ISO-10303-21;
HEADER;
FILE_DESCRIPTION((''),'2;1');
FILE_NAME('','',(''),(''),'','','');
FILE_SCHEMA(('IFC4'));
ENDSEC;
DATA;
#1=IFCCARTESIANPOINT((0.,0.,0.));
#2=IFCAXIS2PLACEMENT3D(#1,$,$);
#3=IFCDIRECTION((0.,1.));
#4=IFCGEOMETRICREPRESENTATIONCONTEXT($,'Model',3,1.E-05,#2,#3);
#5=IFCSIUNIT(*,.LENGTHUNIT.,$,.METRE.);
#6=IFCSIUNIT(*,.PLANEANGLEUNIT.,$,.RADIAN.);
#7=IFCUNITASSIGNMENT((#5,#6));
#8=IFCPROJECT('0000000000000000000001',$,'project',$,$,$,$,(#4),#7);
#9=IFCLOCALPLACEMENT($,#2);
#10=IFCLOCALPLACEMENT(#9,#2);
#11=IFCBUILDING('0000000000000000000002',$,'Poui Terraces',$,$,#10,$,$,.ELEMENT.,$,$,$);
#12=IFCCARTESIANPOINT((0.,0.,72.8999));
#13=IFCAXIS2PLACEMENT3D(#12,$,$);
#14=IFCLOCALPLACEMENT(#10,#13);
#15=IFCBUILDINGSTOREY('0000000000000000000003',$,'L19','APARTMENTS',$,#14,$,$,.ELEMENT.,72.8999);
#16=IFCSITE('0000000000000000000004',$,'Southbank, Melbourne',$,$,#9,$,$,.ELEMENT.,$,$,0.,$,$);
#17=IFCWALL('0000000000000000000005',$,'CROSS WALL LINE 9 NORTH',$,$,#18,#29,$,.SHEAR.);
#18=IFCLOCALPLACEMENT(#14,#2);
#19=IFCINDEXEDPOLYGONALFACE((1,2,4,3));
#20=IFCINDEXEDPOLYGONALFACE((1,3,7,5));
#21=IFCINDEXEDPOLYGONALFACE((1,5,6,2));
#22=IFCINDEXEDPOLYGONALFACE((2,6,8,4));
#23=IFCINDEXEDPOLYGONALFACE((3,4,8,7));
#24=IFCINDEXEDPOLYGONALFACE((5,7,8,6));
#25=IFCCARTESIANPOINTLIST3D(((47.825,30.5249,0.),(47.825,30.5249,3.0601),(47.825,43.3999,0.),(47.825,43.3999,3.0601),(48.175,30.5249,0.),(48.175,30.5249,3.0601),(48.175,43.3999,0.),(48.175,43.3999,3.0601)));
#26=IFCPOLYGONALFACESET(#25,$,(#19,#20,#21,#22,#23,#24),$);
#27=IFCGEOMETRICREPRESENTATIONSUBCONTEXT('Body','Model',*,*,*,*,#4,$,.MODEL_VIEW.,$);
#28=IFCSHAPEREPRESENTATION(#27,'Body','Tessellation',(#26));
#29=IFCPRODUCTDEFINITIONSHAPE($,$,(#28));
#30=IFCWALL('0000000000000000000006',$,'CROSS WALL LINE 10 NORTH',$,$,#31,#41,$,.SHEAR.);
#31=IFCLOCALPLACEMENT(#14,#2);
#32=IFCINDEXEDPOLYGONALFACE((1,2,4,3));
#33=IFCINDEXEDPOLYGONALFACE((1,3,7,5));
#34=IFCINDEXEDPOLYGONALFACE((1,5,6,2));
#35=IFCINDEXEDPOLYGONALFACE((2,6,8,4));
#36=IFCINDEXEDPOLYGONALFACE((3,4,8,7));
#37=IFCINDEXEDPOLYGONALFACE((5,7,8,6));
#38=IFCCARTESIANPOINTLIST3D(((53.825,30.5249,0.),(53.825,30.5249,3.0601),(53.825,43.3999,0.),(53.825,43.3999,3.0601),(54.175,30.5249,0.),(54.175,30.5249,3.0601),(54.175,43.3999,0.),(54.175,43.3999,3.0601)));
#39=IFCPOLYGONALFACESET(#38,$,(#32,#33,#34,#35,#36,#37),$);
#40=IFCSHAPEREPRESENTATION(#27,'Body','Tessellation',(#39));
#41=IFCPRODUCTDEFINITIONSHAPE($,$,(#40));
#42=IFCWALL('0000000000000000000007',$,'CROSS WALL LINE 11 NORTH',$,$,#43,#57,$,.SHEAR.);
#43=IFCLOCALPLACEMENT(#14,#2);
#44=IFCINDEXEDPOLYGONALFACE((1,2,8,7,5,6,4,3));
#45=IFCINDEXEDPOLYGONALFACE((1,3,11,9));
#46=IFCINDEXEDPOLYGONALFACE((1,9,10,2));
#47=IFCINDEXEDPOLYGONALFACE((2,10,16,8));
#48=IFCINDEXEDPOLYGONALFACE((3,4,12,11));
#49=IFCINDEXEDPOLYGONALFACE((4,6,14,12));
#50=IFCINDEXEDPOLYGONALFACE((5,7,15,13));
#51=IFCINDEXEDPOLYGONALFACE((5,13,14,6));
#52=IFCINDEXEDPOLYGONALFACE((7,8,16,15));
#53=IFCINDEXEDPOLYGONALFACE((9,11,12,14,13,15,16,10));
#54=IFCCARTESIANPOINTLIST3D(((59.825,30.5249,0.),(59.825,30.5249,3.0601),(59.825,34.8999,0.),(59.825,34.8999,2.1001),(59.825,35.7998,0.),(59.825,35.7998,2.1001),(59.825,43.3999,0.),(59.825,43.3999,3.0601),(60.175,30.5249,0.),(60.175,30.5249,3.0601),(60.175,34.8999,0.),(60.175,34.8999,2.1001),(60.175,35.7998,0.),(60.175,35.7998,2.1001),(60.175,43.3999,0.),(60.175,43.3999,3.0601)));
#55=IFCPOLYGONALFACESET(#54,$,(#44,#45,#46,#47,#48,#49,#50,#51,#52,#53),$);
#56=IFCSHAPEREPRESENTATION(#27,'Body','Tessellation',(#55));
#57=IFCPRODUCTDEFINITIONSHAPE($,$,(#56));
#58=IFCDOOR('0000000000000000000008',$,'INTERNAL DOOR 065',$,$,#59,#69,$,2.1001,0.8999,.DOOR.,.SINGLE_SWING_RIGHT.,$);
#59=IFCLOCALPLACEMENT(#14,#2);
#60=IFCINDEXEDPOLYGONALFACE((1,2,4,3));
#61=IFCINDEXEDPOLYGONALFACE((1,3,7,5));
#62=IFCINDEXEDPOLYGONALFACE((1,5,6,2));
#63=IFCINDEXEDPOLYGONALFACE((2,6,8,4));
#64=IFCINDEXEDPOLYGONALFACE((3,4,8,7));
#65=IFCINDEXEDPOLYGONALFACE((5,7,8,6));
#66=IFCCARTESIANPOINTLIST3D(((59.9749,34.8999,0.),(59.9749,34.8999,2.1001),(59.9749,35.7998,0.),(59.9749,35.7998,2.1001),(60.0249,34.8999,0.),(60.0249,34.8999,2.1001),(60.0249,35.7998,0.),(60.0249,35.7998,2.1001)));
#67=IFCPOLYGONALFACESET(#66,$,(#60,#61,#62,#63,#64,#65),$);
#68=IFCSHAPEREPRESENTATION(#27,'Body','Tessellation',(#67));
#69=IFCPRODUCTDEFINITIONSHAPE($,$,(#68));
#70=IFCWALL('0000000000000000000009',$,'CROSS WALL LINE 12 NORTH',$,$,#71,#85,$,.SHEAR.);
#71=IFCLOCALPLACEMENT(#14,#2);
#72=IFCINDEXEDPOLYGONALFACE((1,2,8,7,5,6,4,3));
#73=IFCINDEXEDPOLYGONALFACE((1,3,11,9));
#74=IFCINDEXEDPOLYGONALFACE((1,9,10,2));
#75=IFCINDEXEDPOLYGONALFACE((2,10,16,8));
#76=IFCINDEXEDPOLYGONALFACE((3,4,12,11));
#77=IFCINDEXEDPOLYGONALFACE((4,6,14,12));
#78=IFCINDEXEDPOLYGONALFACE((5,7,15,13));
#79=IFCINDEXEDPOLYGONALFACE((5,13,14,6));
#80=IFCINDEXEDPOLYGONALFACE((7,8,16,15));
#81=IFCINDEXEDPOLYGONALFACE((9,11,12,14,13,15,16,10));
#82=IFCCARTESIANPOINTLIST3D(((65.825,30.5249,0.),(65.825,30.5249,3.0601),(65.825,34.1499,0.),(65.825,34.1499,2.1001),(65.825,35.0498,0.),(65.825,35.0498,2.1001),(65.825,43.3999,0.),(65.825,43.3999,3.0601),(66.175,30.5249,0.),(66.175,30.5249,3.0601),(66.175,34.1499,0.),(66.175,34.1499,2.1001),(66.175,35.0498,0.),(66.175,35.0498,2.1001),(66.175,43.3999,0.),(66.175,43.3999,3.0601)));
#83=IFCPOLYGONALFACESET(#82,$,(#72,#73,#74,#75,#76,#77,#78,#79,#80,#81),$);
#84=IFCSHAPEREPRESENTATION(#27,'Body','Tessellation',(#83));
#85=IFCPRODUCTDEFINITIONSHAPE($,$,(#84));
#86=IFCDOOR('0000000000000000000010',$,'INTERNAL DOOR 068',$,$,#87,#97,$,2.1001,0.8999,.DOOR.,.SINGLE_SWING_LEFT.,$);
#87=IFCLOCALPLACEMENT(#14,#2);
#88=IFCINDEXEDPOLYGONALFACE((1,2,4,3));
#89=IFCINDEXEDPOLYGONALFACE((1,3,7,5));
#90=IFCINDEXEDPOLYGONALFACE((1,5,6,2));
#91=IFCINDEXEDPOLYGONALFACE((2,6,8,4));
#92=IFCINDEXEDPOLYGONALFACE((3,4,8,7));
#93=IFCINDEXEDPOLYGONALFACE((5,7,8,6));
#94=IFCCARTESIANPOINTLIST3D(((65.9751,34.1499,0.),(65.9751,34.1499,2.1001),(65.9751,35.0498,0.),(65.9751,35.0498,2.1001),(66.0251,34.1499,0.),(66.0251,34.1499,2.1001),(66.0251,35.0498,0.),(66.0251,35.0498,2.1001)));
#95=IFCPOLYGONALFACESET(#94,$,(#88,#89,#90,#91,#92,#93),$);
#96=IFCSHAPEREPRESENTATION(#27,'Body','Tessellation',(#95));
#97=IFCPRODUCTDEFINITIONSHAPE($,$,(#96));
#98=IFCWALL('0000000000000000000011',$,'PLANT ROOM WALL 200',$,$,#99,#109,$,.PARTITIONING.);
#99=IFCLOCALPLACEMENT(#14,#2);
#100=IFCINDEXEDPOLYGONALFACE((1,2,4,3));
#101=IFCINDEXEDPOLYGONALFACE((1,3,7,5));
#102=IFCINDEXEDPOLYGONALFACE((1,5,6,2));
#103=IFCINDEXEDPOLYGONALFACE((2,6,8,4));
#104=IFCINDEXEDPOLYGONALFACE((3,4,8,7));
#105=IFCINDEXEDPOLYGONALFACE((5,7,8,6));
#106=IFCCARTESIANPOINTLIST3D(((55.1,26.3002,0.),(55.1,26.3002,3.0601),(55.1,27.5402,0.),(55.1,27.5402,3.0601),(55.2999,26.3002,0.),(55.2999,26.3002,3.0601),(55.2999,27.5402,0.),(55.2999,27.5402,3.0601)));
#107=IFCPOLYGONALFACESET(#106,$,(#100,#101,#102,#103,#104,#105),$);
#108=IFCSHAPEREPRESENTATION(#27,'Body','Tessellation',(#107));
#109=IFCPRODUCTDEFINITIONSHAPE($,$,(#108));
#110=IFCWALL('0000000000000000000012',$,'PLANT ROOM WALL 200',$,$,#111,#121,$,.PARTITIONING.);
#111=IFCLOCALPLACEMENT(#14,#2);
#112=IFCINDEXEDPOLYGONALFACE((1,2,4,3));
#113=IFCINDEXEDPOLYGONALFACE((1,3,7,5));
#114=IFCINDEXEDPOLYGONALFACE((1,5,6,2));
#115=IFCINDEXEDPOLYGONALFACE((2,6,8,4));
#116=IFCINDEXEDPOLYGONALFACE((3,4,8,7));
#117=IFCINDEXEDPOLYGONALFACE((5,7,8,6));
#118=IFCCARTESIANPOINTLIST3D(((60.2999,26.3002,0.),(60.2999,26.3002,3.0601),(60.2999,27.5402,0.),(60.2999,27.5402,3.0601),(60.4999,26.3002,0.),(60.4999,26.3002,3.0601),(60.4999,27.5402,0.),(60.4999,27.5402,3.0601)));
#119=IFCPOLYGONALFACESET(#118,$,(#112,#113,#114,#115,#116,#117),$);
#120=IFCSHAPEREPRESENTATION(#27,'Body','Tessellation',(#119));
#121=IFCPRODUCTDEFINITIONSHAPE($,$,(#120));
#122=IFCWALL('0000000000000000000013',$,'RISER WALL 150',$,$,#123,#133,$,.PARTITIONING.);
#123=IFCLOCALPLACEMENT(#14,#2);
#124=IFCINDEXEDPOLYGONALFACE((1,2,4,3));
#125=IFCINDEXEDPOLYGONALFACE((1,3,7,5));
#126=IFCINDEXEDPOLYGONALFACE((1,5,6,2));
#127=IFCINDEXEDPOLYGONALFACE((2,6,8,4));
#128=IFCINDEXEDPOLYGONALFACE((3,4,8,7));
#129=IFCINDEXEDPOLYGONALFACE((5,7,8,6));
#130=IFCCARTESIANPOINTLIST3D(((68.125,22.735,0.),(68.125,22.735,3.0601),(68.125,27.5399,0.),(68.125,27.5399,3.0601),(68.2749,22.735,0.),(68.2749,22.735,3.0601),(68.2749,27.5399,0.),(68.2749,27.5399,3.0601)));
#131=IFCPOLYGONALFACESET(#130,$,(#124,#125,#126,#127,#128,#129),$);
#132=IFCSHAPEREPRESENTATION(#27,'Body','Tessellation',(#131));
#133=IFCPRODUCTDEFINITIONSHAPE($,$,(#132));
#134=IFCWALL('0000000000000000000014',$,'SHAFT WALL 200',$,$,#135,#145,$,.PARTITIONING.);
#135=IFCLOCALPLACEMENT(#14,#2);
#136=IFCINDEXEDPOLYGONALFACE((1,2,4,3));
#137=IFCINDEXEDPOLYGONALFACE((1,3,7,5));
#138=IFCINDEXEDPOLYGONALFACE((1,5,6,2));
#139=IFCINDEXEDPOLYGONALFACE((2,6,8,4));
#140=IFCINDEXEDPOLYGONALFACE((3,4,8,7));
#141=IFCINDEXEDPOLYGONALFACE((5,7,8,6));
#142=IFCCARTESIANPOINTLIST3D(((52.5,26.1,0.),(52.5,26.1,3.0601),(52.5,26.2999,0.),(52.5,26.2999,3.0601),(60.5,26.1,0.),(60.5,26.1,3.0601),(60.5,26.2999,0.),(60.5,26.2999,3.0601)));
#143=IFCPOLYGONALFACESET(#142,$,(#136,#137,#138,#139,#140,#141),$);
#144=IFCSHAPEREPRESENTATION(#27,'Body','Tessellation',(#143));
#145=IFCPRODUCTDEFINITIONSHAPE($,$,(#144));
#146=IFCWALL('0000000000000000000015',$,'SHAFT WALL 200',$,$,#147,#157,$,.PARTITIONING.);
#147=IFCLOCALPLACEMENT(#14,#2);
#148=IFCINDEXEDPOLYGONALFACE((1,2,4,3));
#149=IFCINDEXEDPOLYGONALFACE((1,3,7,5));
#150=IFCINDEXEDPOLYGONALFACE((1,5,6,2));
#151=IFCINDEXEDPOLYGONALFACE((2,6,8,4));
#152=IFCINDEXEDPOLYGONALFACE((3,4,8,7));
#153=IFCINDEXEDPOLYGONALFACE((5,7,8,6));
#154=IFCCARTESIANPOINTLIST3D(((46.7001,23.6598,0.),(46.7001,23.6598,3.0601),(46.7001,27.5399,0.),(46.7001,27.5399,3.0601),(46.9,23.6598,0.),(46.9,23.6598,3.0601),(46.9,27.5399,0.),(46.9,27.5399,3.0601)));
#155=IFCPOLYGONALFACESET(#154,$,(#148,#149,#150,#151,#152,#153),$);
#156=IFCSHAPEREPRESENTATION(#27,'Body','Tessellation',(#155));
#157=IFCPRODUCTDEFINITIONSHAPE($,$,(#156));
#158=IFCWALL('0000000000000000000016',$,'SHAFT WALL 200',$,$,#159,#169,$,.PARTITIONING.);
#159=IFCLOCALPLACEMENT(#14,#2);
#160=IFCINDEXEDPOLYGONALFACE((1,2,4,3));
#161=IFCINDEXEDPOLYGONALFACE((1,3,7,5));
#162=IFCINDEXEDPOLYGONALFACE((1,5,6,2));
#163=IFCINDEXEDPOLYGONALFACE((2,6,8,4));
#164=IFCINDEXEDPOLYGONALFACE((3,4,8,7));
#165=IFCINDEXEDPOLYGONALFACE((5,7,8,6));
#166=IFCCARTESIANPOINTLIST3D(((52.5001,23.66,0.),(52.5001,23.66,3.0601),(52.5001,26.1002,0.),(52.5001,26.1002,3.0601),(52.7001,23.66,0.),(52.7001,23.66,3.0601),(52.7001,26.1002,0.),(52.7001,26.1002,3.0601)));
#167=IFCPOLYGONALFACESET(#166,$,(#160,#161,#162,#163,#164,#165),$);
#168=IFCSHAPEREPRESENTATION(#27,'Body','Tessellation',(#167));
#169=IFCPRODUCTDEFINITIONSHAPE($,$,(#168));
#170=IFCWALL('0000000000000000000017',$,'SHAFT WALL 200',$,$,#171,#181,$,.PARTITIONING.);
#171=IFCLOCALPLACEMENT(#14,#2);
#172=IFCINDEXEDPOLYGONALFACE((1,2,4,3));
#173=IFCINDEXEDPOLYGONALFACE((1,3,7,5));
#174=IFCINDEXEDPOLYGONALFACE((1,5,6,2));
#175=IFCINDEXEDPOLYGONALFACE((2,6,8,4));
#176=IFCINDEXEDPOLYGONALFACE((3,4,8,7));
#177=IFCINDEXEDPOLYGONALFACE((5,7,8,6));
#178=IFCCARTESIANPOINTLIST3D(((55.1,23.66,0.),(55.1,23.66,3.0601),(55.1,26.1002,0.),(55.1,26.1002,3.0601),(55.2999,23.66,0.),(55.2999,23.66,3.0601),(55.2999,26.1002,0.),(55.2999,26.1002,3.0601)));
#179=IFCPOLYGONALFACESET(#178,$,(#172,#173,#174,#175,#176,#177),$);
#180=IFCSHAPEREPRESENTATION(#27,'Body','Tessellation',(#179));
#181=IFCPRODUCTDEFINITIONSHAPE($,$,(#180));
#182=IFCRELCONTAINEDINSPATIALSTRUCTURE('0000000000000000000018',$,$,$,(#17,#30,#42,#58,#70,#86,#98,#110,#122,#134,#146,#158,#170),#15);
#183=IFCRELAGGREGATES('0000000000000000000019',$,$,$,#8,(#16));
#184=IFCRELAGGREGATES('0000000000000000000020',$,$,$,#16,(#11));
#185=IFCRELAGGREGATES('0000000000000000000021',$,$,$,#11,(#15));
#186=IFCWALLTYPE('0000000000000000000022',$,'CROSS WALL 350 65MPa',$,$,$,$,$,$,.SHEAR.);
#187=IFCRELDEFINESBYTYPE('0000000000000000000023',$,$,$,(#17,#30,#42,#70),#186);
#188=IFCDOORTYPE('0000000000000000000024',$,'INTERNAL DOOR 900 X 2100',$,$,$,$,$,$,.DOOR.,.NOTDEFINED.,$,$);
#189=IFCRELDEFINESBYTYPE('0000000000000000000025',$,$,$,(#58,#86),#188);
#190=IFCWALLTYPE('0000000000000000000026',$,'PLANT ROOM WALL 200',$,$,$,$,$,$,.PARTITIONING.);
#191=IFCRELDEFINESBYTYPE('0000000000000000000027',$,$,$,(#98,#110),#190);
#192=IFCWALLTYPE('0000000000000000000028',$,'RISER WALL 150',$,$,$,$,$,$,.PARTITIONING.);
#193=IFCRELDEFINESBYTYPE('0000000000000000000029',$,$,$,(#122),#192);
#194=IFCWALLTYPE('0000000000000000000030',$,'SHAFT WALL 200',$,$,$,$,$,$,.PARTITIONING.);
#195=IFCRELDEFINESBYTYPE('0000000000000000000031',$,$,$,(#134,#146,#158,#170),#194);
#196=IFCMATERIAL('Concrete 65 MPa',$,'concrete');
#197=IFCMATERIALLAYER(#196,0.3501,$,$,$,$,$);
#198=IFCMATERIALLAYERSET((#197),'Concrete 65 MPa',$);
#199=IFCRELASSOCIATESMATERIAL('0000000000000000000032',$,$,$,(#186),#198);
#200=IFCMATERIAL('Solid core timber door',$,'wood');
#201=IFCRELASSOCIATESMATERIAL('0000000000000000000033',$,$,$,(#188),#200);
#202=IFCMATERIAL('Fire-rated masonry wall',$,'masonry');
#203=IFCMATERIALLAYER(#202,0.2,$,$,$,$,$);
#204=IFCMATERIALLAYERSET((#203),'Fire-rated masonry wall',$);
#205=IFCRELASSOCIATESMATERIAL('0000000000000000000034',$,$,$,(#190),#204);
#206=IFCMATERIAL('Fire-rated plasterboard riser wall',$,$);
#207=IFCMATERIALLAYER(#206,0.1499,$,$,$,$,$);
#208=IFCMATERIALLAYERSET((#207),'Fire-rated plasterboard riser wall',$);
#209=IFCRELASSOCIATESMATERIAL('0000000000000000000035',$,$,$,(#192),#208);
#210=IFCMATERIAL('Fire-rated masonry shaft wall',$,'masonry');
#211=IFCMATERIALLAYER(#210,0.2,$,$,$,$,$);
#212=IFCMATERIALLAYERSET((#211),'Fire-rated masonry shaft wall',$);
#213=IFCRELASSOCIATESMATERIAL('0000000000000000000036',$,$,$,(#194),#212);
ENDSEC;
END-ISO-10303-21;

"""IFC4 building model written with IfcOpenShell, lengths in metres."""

from ifc_helpers import new_model, si_unit, direction, frame, frame_2d, origin, place, context, subcontext, project, spatial, rectangle, extrude, material, layer, layer_set, type_object, element, fill, save


model = new_model("IFC4")

# Units and contexts
model_context = context("Model", 3, precision=1e-05, world=origin(), true_north=direction((0.0, 1.0)))
body_context = subcontext(model_context, "Body", "Model", "MODEL_VIEW")
ifc_project = project(units=[si_unit("LENGTHUNIT", "METRE"), si_unit("PLANEANGLEUNIT", "RADIAN")], contexts=[model_context])

# Site, building, storey
site_placement = place(None, origin())
site = spatial("IfcSite", under=ifc_project, at=site_placement, Name="Southbank, Melbourne", CompositionType="ELEMENT", RefElevation=0.0)
building_placement = place(site_placement, origin())
building = spatial("IfcBuilding", under=site, at=building_placement, Name="Poui Terraces", CompositionType="ELEMENT")
storey_placement = place(building_placement, frame((0.0, 0.0, 72.8999)))
storey = spatial("IfcBuildingStorey", under=building, at=storey_placement, Name="L19", Description="APARTMENTS", CompositionType="ELEMENT", Elevation=72.8999)

# Shared definitions
ifc_material_1 = material(Name="Concrete 65 MPa", Category="concrete")

# Walls
ifc_layer_1 = layer(ifc_material_1, 0.3501)
ifc_layer_set_1 = layer_set([ifc_layer_1], Name="Concrete 65 MPa")
wall_type_1 = type_object("IfcWallType", Name="CROSS WALL 350 65MPa", PredefinedType="SHEAR", material=ifc_layer_set_1)
for number, where, z_axis, x_axis, name in (
    (1, (48.0, 30.5249, 0.0), (0.0, 0.0, 1.0), (0.0, 1.0, 0.0), "CROSS WALL LINE 9 NORTH"),
    (2, (54.0, 30.5249, 0.0), (0.0, 0.0, 1.0), (0.0, 1.0, 0.0), "CROSS WALL LINE 10 NORTH"),
):
    element("IfcWall", number, at=place(storey_placement, frame(where, z_axis=z_axis, x_axis=x_axis)), inside=storey, type_object=wall_type_1, Name=name, PredefinedType="SHEAR", context=body_context, shape_type="SweptSolid", body=[
        extrude(rectangle(XDim=12.875, YDim=0.3501, at=frame_2d((6.4375, 0.0))), origin(), (0.0, 0.0, 1.0), 3.0601),
    ])

# Walls, openings, doors
wall_1_placement = place(storey_placement, frame((60.0, 30.5249, 0.0), z_axis=(0.0, 0.0, 1.0), x_axis=(0.0, 1.0, 0.0)))
wall_1 = element("IfcWall", 3, at=wall_1_placement, inside=storey, type_object=wall_type_1, Name="CROSS WALL LINE 11 NORTH", PredefinedType="SHEAR", context=body_context, shape_type="SweptSolid", body=[
    extrude(rectangle(XDim=12.875, YDim=0.3501, at=frame_2d((6.4375, 0.0))), origin(), (0.0, 0.0, 1.0), 3.0601),
])
opening_1_placement = place(wall_1_placement, frame((4.375, 0.0, 0.0)))
opening_1 = element("IfcOpeningElement", 4, at=opening_1_placement, cuts=wall_1, PredefinedType="OPENING", context=body_context, shape_type="SweptSolid", body=[
    extrude(rectangle(XDim=0.8999, YDim=2.1001, at=frame_2d((0.45, 1.05))), frame((0.0, 0.1851, 0.0), z_axis=(0.0, -1.0, 0.0), x_axis=(1.0, 0.0, 0.0)), (0.0, 0.0, 1.0), 0.3701),
])
ifc_material_2 = material(Name="Solid core timber door", Category="wood")
door_type_1 = type_object("IfcDoorType", Name="INTERNAL DOOR 900 X 2100", OperationType="NOTDEFINED", PredefinedType="DOOR", material=ifc_material_2)
door_1_placement = place(opening_1_placement, frame((0.8999, 0.0, 0.0), z_axis=(0.0, 0.0, 1.0), x_axis=(-1.0, 0.0, 0.0)))
door_1 = element("IfcDoor", 5, at=door_1_placement, inside=storey, type_object=door_type_1, Name="INTERNAL DOOR 065", OperationType="SINGLE_SWING_RIGHT", OverallHeight=2.1001, OverallWidth=0.8999, PredefinedType="DOOR", context=body_context, shape_type="SweptSolid", body=[
    extrude(rectangle(XDim=0.8999, YDim=2.1001, at=frame_2d((0.45, 1.05))), frame((0.0, 0.0249, 0.0), z_axis=(0.0, -1.0, 0.0), x_axis=(1.0, 0.0, 0.0)), (0.0, 0.0, 1.0), 0.05),
])
fill(opening_1, door_1)
wall_2_placement = place(storey_placement, frame((66.0, 30.5249, 0.0), z_axis=(0.0, 0.0, 1.0), x_axis=(0.0, 1.0, 0.0)))
wall_2 = element("IfcWall", 6, at=wall_2_placement, inside=storey, type_object=wall_type_1, Name="CROSS WALL LINE 12 NORTH", PredefinedType="SHEAR", context=body_context, shape_type="SweptSolid", body=[
    extrude(rectangle(XDim=12.875, YDim=0.3501, at=frame_2d((6.4375, 0.0))), origin(), (0.0, 0.0, 1.0), 3.0601),
])
opening_2_placement = place(wall_2_placement, frame((3.625, 0.0, 0.0)))
opening_2 = element("IfcOpeningElement", 7, at=opening_2_placement, cuts=wall_2, PredefinedType="OPENING", context=body_context, shape_type="SweptSolid", body=[
    extrude(rectangle(XDim=0.8999, YDim=2.1001, at=frame_2d((0.45, 1.05))), frame((0.0, 0.1851, 0.0), z_axis=(0.0, -1.0, 0.0), x_axis=(1.0, 0.0, 0.0)), (0.0, 0.0, 1.0), 0.3701),
])
door_2_placement = place(opening_2_placement, origin())
door_2 = element("IfcDoor", 8, at=door_2_placement, inside=storey, type_object=door_type_1, Name="INTERNAL DOOR 068", OperationType="SINGLE_SWING_LEFT", OverallHeight=2.1001, OverallWidth=0.8999, PredefinedType="DOOR", context=body_context, shape_type="SweptSolid", body=[
    extrude(rectangle(XDim=0.8999, YDim=2.1001, at=frame_2d((0.45, 1.05))), frame((0.0, 0.0249, 0.0), z_axis=(0.0, -1.0, 0.0), x_axis=(1.0, 0.0, 0.0)), (0.0, 0.0, 1.0), 0.05),
])
fill(opening_2, door_2)

# Walls
ifc_material_3 = material(Name="Fire-rated masonry wall", Category="masonry")
ifc_layer_2 = layer(ifc_material_3, 0.2)
ifc_layer_set_2 = layer_set([ifc_layer_2], Name="Fire-rated masonry wall")
wall_type_2 = type_object("IfcWallType", Name="PLANT ROOM WALL 200", PredefinedType="PARTITIONING", material=ifc_layer_set_2)
for number, where, z_axis, x_axis, name in (
    (9, (55.2, 26.3, 0.0), (0.0, 0.0, 1.0), (0.0, 1.0, 0.0), "PLANT ROOM WALL 200"),
    (10, (60.3999, 26.3, 0.0), (0.0, 0.0, 1.0), (0.0, 1.0, 0.0), "PLANT ROOM WALL 200"),
):
    element("IfcWall", number, at=place(storey_placement, frame(where, z_axis=z_axis, x_axis=x_axis)), inside=storey, type_object=wall_type_2, Name=name, PredefinedType="PARTITIONING", context=body_context, shape_type="SweptSolid", body=[
        extrude(rectangle(XDim=1.24, YDim=0.2, at=frame_2d((0.6201, 0.0))), origin(), (0.0, 0.0, 1.0), 3.0601),
    ])
ifc_material_4 = material(Name="Fire-rated plasterboard riser wall")
ifc_layer_3 = layer(ifc_material_4, 0.1499)
ifc_layer_set_3 = layer_set([ifc_layer_3], Name="Fire-rated plasterboard riser wall")
wall_type_3 = type_object("IfcWallType", Name="RISER WALL 150", PredefinedType="PARTITIONING", material=ifc_layer_set_3)
wall_3_placement = place(storey_placement, frame((68.2, 22.7351, 0.0), z_axis=(0.0, 0.0, 1.0), x_axis=(0.0, 1.0, 0.0)))
element("IfcWall", 11, at=wall_3_placement, inside=storey, type_object=wall_type_3, Name="RISER WALL 150", PredefinedType="PARTITIONING", context=body_context, shape_type="SweptSolid", body=[
    extrude(rectangle(XDim=4.8049, YDim=0.1499, at=frame_2d((2.4023, 0.0))), origin(), (0.0, 0.0, 1.0), 3.0601),
])
ifc_material_5 = material(Name="Fire-rated masonry shaft wall", Category="masonry")
ifc_layer_4 = layer(ifc_material_5, 0.2)
ifc_layer_set_4 = layer_set([ifc_layer_4], Name="Fire-rated masonry shaft wall")
wall_type_4 = type_object("IfcWallType", Name="SHAFT WALL 200", PredefinedType="PARTITIONING", material=ifc_layer_set_4)
wall_4_placement = place(storey_placement, frame((52.5, 26.2, 0.0), z_axis=(0.0, 0.0, 1.0), x_axis=(1.0, 0.0, 0.0)))
element("IfcWall", 12, at=wall_4_placement, inside=storey, type_object=wall_type_4, Name="SHAFT WALL 200", PredefinedType="PARTITIONING", context=body_context, shape_type="SweptSolid", body=[
    extrude(rectangle(XDim=8.0, YDim=0.2, at=frame_2d((4.0, 0.0))), origin(), (0.0, 0.0, 1.0), 3.0601),
])
wall_5_placement = place(storey_placement, frame((46.8, 23.6599, 0.0), z_axis=(0.0, 0.0, 1.0), x_axis=(0.0, 1.0, 0.0)))
element("IfcWall", 13, at=wall_5_placement, inside=storey, type_object=wall_type_4, Name="SHAFT WALL 200", PredefinedType="PARTITIONING", context=body_context, shape_type="SweptSolid", body=[
    extrude(rectangle(XDim=3.8801, YDim=0.2, at=frame_2d((1.9399, 0.0))), origin(), (0.0, 0.0, 1.0), 3.0601),
])
for number, where, z_axis, x_axis, name in (
    (14, (52.6001, 23.6599, 0.0), (0.0, 0.0, 1.0), (0.0, 1.0, 0.0), "SHAFT WALL 200"),
    (15, (55.2, 23.6599, 0.0), (0.0, 0.0, 1.0), (0.0, 1.0, 0.0), "SHAFT WALL 200"),
):
    element("IfcWall", number, at=place(storey_placement, frame(where, z_axis=z_axis, x_axis=x_axis)), inside=storey, type_object=wall_type_4, Name=name, PredefinedType="PARTITIONING", context=body_context, shape_type="SweptSolid", body=[
        extrude(rectangle(XDim=2.4402, YDim=0.2, at=frame_2d((1.2202, 0.0))), origin(), (0.0, 0.0, 1.0), 3.0601),
    ])

save(model, "model.ifc")
